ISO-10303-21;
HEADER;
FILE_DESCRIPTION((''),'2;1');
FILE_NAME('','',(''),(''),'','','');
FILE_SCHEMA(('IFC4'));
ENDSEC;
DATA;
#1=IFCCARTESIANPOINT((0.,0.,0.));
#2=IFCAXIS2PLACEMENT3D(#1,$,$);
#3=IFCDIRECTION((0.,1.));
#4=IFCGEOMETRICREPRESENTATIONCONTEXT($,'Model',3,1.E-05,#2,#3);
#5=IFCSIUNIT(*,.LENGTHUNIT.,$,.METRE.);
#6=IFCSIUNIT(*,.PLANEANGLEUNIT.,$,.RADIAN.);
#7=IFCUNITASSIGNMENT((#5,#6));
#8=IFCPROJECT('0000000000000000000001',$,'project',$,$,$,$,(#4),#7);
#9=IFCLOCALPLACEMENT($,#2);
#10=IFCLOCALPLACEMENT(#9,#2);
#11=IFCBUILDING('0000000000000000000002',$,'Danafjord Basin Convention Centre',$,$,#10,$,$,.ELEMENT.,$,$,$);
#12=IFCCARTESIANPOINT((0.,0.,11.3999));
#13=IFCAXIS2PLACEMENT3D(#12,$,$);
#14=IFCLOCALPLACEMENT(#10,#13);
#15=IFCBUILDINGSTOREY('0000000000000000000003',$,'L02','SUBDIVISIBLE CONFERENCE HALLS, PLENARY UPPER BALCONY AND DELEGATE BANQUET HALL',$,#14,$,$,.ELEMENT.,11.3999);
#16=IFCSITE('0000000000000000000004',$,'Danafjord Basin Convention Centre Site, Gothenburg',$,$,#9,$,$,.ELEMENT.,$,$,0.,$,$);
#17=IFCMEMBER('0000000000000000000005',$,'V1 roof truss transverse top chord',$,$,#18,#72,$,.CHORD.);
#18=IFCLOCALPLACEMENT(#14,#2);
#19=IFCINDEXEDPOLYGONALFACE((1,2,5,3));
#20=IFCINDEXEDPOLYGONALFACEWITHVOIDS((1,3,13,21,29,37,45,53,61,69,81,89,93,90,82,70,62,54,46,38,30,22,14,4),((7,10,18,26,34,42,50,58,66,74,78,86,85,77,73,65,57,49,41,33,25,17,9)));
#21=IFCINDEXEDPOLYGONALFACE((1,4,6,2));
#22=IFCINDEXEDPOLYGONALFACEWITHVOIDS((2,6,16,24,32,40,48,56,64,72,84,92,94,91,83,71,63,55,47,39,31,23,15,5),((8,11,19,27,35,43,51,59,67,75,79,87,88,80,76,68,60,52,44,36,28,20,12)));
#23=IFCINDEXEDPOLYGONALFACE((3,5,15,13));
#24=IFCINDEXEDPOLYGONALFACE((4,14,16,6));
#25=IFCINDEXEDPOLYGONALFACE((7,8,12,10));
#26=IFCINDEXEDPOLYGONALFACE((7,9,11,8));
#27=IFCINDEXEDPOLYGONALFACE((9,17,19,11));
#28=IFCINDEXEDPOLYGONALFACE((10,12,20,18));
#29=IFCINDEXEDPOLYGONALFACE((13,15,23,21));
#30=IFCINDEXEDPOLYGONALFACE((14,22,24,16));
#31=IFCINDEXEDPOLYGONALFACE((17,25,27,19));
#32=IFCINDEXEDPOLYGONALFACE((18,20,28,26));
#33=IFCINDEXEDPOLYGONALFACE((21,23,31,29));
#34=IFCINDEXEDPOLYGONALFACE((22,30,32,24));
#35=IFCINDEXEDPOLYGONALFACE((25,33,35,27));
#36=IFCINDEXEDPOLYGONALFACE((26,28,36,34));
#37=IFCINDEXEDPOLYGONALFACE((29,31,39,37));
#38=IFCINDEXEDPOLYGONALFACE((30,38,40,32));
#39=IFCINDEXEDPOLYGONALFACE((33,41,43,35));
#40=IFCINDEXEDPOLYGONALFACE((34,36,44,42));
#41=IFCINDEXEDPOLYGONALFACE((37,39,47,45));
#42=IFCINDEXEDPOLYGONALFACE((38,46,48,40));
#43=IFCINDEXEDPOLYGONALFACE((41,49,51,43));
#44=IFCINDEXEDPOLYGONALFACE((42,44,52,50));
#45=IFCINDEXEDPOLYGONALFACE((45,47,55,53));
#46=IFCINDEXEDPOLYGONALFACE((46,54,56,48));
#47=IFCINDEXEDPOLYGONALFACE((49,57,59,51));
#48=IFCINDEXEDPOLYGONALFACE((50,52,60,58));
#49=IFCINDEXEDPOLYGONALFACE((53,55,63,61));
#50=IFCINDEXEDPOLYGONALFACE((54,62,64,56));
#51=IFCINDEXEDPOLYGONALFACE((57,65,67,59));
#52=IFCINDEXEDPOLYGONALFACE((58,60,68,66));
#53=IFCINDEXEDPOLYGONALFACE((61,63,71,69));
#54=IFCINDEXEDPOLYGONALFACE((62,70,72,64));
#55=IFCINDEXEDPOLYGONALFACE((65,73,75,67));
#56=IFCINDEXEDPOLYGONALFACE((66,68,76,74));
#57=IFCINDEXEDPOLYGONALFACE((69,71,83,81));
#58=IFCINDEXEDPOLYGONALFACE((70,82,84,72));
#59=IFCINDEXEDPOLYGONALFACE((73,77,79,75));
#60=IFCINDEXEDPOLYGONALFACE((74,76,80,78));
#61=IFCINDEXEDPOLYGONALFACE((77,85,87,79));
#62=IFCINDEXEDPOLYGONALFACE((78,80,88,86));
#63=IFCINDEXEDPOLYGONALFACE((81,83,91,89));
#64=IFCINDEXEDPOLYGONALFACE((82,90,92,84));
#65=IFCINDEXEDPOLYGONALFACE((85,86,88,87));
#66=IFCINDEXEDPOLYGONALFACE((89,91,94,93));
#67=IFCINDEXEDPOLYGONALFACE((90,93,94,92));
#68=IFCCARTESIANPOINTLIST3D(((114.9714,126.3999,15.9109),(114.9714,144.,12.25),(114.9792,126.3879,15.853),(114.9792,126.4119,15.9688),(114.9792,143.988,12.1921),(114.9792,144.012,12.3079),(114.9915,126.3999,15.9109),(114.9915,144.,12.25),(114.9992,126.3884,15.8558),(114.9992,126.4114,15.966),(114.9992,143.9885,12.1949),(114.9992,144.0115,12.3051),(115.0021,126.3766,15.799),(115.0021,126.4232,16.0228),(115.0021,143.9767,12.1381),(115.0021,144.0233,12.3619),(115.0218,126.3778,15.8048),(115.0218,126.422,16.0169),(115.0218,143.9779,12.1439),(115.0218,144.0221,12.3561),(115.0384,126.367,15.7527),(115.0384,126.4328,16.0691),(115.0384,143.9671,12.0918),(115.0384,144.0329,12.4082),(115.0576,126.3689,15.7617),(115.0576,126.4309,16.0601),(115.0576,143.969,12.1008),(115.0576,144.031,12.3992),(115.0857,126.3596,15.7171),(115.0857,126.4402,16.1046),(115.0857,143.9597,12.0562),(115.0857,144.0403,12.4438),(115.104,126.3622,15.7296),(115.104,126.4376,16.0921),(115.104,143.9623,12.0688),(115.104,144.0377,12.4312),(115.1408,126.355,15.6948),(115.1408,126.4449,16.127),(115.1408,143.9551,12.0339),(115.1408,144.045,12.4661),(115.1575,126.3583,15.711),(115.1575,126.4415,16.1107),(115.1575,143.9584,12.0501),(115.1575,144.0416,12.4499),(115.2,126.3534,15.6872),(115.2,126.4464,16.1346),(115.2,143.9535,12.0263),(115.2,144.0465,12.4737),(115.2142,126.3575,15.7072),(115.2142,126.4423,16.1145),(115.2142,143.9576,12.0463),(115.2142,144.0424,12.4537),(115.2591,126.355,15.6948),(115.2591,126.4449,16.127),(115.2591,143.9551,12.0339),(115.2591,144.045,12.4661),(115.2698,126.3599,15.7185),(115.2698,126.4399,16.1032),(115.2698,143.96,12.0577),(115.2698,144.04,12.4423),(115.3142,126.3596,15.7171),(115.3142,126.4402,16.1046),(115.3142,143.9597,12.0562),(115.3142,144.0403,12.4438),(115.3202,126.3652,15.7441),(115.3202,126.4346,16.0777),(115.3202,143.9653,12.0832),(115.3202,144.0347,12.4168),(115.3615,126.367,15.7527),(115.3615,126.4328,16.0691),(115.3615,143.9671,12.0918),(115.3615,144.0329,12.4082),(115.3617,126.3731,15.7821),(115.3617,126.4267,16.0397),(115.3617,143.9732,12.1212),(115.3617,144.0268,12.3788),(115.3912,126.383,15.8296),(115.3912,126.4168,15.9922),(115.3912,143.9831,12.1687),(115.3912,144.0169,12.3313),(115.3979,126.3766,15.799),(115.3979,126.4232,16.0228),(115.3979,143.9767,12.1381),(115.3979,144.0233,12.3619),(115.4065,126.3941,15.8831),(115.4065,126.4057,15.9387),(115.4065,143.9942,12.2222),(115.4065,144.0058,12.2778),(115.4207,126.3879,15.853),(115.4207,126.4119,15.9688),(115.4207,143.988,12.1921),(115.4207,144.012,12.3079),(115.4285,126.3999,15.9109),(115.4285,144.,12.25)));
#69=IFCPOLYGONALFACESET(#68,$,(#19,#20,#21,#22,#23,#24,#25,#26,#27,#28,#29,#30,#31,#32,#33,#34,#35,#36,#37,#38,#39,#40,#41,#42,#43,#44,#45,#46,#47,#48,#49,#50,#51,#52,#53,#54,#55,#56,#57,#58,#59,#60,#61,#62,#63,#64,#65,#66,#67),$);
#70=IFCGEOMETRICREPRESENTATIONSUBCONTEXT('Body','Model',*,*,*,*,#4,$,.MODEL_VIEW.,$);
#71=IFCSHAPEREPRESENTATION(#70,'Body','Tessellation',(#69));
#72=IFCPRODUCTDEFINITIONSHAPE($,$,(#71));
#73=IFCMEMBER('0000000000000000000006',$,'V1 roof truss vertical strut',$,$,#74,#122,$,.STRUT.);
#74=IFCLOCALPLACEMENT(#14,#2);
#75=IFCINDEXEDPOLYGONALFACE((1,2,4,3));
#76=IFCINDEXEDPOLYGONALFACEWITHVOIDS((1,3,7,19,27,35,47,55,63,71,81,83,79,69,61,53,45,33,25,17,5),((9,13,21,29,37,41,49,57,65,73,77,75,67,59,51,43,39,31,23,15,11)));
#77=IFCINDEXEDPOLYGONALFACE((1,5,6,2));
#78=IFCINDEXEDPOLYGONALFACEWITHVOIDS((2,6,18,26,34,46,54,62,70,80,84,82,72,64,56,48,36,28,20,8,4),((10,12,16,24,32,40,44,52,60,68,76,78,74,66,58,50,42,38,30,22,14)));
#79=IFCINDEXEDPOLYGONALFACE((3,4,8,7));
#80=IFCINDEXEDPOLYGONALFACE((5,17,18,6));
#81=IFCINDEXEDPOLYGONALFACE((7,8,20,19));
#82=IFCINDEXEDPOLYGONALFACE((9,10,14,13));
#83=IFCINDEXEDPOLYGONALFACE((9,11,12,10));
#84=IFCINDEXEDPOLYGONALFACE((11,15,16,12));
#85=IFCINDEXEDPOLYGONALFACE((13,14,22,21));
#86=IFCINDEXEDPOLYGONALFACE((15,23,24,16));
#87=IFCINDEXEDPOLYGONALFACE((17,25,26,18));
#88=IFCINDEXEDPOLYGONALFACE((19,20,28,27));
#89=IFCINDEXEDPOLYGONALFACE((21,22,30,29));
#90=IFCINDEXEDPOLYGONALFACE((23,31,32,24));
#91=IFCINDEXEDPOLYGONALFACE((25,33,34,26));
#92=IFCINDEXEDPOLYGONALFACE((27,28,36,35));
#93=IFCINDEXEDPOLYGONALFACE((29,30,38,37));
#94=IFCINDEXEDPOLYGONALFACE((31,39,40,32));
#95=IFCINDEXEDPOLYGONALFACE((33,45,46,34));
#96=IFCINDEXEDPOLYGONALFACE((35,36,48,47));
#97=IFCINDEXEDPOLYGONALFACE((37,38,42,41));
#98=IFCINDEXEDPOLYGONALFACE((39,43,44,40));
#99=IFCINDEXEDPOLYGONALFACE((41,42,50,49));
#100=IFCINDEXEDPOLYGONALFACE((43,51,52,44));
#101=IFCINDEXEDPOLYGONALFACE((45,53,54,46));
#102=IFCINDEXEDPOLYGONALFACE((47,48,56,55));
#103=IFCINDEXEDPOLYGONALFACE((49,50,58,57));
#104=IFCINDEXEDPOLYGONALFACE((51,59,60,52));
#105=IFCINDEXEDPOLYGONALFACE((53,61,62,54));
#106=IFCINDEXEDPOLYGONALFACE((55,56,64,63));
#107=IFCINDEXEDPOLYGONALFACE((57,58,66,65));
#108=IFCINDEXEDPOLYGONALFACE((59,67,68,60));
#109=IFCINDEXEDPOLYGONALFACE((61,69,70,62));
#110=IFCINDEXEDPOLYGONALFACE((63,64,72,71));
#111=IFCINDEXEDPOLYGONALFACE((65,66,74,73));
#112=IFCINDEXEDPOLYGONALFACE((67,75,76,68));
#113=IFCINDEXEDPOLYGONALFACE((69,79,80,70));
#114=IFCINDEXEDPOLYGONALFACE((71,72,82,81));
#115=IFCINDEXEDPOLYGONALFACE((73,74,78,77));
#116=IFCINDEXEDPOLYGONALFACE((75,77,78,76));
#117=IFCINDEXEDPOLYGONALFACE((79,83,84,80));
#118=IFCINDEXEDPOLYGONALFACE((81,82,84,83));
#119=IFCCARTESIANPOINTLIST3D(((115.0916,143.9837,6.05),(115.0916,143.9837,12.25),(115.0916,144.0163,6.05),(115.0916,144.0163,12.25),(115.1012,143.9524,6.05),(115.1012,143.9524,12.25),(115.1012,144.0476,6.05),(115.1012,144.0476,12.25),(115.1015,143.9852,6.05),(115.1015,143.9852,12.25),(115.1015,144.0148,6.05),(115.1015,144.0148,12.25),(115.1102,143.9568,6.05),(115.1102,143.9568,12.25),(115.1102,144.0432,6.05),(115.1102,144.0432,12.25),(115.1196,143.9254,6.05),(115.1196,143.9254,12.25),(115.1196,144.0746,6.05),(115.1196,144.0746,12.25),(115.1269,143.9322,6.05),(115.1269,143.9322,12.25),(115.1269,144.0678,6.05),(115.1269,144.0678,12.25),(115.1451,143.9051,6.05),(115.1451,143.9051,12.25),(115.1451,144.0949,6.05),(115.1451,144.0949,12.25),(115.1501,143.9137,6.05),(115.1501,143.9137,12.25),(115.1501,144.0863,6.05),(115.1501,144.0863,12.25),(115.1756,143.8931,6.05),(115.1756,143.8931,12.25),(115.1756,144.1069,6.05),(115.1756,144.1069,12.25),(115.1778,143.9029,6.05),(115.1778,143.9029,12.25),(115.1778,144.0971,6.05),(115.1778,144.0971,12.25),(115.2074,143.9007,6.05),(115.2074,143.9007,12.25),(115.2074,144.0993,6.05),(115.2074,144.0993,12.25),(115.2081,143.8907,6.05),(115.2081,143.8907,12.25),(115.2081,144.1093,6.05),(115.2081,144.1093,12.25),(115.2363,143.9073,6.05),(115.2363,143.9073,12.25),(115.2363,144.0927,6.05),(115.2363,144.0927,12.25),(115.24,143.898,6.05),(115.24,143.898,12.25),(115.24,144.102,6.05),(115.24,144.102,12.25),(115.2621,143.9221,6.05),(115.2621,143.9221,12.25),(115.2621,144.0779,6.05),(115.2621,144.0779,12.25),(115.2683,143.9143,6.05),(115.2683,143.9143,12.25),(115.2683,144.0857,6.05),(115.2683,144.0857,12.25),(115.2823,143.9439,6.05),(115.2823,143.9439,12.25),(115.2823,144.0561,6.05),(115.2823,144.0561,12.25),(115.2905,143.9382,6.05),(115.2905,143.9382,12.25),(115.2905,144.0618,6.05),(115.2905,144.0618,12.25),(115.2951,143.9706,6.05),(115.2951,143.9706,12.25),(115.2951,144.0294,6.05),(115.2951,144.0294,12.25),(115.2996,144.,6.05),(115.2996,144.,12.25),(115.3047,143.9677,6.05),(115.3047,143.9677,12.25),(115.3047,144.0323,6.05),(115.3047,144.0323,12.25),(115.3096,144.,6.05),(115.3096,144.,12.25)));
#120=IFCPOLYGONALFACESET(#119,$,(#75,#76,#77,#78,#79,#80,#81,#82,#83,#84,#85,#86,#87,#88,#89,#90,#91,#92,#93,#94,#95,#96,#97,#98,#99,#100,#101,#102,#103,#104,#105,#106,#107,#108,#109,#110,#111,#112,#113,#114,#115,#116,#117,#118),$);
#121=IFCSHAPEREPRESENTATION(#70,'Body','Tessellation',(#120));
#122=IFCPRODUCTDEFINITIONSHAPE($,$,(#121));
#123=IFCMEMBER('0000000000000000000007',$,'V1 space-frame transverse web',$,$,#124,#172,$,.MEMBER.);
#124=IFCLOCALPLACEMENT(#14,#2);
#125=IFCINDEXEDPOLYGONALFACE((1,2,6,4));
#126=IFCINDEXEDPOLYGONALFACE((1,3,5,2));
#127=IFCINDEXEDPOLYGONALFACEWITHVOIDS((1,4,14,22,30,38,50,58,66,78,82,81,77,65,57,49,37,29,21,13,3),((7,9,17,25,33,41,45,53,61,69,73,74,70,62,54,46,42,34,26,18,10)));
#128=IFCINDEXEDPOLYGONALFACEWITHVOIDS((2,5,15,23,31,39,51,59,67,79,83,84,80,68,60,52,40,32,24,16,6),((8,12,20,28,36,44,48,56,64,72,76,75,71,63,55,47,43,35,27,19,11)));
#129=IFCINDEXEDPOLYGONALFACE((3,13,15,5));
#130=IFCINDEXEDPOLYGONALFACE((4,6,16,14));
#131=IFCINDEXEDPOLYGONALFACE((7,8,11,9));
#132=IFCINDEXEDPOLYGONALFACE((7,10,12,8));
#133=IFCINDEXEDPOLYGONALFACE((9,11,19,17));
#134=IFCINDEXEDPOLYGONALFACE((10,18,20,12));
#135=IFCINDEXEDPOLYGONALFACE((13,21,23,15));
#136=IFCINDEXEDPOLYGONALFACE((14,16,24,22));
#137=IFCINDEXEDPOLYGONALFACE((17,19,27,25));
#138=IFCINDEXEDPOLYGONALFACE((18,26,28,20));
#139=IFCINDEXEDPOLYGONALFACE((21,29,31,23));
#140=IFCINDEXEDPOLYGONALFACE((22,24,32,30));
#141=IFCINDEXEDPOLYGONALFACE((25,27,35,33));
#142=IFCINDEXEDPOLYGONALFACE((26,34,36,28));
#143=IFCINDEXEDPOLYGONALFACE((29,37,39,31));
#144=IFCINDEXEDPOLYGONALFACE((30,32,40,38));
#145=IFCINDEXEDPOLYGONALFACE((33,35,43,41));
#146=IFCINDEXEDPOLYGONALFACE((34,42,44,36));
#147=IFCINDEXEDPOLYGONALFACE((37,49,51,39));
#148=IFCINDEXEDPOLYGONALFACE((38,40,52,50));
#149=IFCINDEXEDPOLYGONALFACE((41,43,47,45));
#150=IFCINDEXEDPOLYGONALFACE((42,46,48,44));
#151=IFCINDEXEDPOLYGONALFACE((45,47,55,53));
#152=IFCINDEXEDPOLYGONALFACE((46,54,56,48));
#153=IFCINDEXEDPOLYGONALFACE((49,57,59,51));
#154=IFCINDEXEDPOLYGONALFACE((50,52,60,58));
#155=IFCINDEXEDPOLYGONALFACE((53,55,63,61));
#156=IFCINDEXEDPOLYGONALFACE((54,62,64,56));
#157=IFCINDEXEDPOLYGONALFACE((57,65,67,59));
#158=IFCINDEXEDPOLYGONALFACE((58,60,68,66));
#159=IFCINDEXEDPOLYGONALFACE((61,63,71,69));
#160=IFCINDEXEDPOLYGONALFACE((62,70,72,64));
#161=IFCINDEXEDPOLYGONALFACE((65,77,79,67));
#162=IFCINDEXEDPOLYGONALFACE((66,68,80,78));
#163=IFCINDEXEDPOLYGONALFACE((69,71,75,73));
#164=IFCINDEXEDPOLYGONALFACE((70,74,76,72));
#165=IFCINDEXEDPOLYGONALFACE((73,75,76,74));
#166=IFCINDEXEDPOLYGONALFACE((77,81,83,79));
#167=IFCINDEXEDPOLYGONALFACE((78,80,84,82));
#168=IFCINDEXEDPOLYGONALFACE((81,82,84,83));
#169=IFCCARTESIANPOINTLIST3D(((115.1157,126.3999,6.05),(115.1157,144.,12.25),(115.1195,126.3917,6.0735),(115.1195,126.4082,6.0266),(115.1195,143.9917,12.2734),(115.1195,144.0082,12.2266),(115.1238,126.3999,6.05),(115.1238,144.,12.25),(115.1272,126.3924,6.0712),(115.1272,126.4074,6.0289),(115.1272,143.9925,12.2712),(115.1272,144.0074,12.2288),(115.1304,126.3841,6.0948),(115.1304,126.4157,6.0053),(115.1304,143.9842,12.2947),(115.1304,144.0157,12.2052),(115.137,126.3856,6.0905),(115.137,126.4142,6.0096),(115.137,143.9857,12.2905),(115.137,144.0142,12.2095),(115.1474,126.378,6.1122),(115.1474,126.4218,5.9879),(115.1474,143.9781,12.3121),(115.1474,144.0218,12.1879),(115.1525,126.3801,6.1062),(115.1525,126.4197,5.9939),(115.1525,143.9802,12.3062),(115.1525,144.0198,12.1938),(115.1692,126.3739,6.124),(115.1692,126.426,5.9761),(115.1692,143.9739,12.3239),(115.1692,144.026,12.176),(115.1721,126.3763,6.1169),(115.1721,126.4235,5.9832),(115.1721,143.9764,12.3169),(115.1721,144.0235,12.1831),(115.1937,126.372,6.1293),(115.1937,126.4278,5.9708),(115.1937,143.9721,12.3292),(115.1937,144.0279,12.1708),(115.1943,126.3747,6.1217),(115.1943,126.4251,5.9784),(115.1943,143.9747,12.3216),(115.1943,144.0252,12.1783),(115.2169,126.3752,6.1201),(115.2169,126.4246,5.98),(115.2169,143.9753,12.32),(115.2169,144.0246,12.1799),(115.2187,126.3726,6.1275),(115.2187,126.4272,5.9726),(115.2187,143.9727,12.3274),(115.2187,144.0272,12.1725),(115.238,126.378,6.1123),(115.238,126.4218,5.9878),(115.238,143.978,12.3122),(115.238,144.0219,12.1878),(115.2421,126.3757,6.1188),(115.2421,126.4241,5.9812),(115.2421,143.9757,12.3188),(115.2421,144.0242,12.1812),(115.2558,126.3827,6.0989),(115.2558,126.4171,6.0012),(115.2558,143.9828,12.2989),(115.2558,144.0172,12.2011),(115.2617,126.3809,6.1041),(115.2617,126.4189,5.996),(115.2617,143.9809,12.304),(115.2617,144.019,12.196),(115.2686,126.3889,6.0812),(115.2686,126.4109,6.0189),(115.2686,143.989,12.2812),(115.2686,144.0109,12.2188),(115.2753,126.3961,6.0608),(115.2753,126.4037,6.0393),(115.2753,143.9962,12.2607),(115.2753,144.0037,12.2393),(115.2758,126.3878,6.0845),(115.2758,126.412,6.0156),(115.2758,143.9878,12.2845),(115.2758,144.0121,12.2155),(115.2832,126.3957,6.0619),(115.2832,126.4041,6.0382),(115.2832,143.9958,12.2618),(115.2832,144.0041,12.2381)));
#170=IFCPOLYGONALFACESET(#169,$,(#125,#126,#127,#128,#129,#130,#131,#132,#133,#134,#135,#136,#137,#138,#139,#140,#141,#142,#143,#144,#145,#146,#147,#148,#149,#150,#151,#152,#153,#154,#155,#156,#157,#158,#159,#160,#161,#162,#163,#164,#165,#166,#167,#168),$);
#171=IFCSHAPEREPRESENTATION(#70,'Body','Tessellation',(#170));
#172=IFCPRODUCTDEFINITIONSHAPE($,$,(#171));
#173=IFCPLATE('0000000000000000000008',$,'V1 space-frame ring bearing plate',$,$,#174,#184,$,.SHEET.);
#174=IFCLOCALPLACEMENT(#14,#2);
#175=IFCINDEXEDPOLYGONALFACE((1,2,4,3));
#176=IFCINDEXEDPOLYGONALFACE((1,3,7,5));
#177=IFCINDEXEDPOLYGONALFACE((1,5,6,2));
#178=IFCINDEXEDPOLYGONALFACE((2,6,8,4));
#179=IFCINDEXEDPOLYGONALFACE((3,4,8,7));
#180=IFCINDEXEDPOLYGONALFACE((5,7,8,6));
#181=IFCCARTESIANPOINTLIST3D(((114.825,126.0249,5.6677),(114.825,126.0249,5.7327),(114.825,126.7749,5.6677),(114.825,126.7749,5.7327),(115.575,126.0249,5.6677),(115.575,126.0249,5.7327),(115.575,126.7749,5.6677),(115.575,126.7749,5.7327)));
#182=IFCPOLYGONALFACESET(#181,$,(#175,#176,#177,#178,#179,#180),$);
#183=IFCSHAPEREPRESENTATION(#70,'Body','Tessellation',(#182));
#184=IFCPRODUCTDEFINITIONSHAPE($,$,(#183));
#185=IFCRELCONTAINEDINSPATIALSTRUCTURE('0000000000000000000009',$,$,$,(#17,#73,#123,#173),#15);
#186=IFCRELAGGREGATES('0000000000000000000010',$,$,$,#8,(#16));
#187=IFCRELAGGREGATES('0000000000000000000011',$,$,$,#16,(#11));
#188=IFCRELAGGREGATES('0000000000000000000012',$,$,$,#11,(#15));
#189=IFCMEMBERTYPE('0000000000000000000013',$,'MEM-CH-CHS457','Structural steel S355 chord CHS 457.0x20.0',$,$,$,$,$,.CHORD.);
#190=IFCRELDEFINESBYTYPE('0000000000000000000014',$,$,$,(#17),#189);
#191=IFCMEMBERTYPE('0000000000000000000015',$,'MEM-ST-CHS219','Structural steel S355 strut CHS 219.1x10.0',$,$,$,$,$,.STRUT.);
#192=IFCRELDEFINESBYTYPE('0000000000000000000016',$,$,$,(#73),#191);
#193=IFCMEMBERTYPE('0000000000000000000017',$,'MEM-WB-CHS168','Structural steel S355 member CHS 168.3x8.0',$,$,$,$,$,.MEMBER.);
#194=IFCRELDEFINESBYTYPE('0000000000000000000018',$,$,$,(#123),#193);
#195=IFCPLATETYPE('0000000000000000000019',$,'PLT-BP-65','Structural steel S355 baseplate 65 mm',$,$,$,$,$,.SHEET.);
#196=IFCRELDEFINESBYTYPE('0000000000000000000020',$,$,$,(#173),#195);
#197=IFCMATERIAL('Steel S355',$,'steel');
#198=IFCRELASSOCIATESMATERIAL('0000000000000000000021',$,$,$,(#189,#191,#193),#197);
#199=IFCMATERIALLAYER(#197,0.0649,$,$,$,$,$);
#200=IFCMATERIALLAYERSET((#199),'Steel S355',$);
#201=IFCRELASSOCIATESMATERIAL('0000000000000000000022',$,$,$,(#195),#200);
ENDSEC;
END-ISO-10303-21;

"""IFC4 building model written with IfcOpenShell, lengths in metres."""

from ifc_helpers import new_model, si_unit, direction, frame, origin, origin_2d, place, context, subcontext, project, spatial, rectangle, hollow_circle, extrude, material, layer, layer_set, material_profile, profile_set, type_object, element, save


model = new_model("IFC4")

# Units and contexts
model_context = context("Model", 3, precision=1e-05, world=origin(), true_north=direction((0.0, 1.0)))
body_context = subcontext(model_context, "Body", "Model", "MODEL_VIEW")
ifc_project = project(units=[si_unit("LENGTHUNIT", "METRE"), si_unit("PLANEANGLEUNIT", "RADIAN")], contexts=[model_context])

# Site, building, storey
site_placement = place(None, origin())
site = spatial("IfcSite", under=ifc_project, at=site_placement, Name="Danafjord Basin Convention Centre Site, Gothenburg", CompositionType="ELEMENT", RefElevation=0.0)
building_placement = place(site_placement, origin())
building = spatial("IfcBuilding", under=site, at=building_placement, Name="Danafjord Basin Convention Centre", CompositionType="ELEMENT")
storey_placement = place(building_placement, frame((0.0, 0.0, 11.3999)))
storey = spatial("IfcBuildingStorey", under=building, at=storey_placement, Name="L02", Description="SUBDIVISIBLE CONFERENCE HALLS, PLENARY UPPER BALCONY AND DELEGATE BANQUET HALL", CompositionType="ELEMENT", Elevation=11.3999)

# Shared definitions
ifc_material_1 = material(Name="Steel S355", Category="steel")

# Members
ifc_material_profile_1 = material_profile(ifc_material_1, hollow_circle(Radius=0.2285, WallThickness=0.02, at=origin_2d()), Name="CHS 457.0x20.0")
ifc_profile_set_1 = profile_set([ifc_material_profile_1], Name="Steel S355")
member_type_1 = type_object("IfcMemberType", Name="MEM-CH-CHS457", Description="Structural steel S355 chord CHS 457.0x20.0", PredefinedType="CHORD", material=ifc_profile_set_1)
member_1_placement = place(storey_placement, frame((115.2, 126.3999, 15.9109), z_axis=(0.0, 0.979045, -0.203645), x_axis=(-1.0, 0.0, 0.0)))
element("IfcMember", 1, at=member_1_placement, inside=storey, type_object=member_type_1, Name="V1 roof truss transverse top chord", PredefinedType="CHORD", context=body_context, shape_type="SweptSolid", body=[
    extrude(hollow_circle(Radius=0.2285, WallThickness=0.02, at=origin_2d()), origin(), (0.0, 0.0, 1.0), 17.9768),
])
ifc_material_profile_2 = material_profile(ifc_material_1, hollow_circle(Radius=0.1096, WallThickness=0.01, at=origin_2d()), Name="CHS 219.1x10.0")
ifc_profile_set_2 = profile_set([ifc_material_profile_2], Name="Steel S355")
member_type_2 = type_object("IfcMemberType", Name="MEM-ST-CHS219", Description="Structural steel S355 strut CHS 219.1x10.0", PredefinedType="STRUT", material=ifc_profile_set_2)
member_2_placement = place(storey_placement, frame((115.2, 144.0, 6.05), z_axis=(0.0, 0.0, 1.0), x_axis=(1.0, 0.0, 0.0)))
element("IfcMember", 2, at=member_2_placement, inside=storey, type_object=member_type_2, Name="V1 roof truss vertical strut", PredefinedType="STRUT", context=body_context, shape_type="SweptSolid", body=[
    extrude(hollow_circle(Radius=0.1096, WallThickness=0.01, at=origin_2d()), origin(), (0.0, 0.0, 1.0), 6.2),
])
ifc_material_profile_3 = material_profile(ifc_material_1, hollow_circle(Radius=0.0842, WallThickness=0.0081, at=origin_2d()), Name="CHS 168.3x8.0")
ifc_profile_set_3 = profile_set([ifc_material_profile_3], Name="Steel S355")
member_type_3 = type_object("IfcMemberType", Name="MEM-WB-CHS168", Description="Structural steel S355 member CHS 168.3x8.0", PredefinedType="MEMBER", material=ifc_profile_set_3)
member_3_placement = place(storey_placement, frame((115.2, 126.3999, 6.05), z_axis=(0.0, 0.943189, 0.332255), x_axis=(-1.0, 0.0, 0.0)))
element("IfcMember", 3, at=member_3_placement, inside=storey, type_object=member_type_3, Name="V1 space-frame transverse web", PredefinedType="MEMBER", context=body_context, shape_type="SweptSolid", body=[
    extrude(hollow_circle(Radius=0.0842, WallThickness=0.0081, at=origin_2d()), origin(), (0.0, 0.0, 1.0), 18.6602),
])

# Plate
ifc_layer_1 = layer(ifc_material_1, 0.0649)
ifc_layer_set_1 = layer_set([ifc_layer_1], Name="Steel S355")
plate_type = type_object("IfcPlateType", Name="PLT-BP-65", Description="Structural steel S355 baseplate 65 mm", PredefinedType="SHEET", material=ifc_layer_set_1)
plate_placement = place(storey_placement, frame((115.2, 126.3999, 5.6677), z_axis=(0.0, 0.0, 1.0), x_axis=(1.0, 0.0, 0.0)))
element("IfcPlate", 4, at=plate_placement, inside=storey, type_object=plate_type, Name="V1 space-frame ring bearing plate", PredefinedType="SHEET", context=body_context, shape_type="SweptSolid", body=[
    extrude(rectangle(XDim=0.75, YDim=0.75, at=origin_2d()), origin(), (0.0, 0.0, 1.0), 0.0649),
])

save(model, "model.ifc")
